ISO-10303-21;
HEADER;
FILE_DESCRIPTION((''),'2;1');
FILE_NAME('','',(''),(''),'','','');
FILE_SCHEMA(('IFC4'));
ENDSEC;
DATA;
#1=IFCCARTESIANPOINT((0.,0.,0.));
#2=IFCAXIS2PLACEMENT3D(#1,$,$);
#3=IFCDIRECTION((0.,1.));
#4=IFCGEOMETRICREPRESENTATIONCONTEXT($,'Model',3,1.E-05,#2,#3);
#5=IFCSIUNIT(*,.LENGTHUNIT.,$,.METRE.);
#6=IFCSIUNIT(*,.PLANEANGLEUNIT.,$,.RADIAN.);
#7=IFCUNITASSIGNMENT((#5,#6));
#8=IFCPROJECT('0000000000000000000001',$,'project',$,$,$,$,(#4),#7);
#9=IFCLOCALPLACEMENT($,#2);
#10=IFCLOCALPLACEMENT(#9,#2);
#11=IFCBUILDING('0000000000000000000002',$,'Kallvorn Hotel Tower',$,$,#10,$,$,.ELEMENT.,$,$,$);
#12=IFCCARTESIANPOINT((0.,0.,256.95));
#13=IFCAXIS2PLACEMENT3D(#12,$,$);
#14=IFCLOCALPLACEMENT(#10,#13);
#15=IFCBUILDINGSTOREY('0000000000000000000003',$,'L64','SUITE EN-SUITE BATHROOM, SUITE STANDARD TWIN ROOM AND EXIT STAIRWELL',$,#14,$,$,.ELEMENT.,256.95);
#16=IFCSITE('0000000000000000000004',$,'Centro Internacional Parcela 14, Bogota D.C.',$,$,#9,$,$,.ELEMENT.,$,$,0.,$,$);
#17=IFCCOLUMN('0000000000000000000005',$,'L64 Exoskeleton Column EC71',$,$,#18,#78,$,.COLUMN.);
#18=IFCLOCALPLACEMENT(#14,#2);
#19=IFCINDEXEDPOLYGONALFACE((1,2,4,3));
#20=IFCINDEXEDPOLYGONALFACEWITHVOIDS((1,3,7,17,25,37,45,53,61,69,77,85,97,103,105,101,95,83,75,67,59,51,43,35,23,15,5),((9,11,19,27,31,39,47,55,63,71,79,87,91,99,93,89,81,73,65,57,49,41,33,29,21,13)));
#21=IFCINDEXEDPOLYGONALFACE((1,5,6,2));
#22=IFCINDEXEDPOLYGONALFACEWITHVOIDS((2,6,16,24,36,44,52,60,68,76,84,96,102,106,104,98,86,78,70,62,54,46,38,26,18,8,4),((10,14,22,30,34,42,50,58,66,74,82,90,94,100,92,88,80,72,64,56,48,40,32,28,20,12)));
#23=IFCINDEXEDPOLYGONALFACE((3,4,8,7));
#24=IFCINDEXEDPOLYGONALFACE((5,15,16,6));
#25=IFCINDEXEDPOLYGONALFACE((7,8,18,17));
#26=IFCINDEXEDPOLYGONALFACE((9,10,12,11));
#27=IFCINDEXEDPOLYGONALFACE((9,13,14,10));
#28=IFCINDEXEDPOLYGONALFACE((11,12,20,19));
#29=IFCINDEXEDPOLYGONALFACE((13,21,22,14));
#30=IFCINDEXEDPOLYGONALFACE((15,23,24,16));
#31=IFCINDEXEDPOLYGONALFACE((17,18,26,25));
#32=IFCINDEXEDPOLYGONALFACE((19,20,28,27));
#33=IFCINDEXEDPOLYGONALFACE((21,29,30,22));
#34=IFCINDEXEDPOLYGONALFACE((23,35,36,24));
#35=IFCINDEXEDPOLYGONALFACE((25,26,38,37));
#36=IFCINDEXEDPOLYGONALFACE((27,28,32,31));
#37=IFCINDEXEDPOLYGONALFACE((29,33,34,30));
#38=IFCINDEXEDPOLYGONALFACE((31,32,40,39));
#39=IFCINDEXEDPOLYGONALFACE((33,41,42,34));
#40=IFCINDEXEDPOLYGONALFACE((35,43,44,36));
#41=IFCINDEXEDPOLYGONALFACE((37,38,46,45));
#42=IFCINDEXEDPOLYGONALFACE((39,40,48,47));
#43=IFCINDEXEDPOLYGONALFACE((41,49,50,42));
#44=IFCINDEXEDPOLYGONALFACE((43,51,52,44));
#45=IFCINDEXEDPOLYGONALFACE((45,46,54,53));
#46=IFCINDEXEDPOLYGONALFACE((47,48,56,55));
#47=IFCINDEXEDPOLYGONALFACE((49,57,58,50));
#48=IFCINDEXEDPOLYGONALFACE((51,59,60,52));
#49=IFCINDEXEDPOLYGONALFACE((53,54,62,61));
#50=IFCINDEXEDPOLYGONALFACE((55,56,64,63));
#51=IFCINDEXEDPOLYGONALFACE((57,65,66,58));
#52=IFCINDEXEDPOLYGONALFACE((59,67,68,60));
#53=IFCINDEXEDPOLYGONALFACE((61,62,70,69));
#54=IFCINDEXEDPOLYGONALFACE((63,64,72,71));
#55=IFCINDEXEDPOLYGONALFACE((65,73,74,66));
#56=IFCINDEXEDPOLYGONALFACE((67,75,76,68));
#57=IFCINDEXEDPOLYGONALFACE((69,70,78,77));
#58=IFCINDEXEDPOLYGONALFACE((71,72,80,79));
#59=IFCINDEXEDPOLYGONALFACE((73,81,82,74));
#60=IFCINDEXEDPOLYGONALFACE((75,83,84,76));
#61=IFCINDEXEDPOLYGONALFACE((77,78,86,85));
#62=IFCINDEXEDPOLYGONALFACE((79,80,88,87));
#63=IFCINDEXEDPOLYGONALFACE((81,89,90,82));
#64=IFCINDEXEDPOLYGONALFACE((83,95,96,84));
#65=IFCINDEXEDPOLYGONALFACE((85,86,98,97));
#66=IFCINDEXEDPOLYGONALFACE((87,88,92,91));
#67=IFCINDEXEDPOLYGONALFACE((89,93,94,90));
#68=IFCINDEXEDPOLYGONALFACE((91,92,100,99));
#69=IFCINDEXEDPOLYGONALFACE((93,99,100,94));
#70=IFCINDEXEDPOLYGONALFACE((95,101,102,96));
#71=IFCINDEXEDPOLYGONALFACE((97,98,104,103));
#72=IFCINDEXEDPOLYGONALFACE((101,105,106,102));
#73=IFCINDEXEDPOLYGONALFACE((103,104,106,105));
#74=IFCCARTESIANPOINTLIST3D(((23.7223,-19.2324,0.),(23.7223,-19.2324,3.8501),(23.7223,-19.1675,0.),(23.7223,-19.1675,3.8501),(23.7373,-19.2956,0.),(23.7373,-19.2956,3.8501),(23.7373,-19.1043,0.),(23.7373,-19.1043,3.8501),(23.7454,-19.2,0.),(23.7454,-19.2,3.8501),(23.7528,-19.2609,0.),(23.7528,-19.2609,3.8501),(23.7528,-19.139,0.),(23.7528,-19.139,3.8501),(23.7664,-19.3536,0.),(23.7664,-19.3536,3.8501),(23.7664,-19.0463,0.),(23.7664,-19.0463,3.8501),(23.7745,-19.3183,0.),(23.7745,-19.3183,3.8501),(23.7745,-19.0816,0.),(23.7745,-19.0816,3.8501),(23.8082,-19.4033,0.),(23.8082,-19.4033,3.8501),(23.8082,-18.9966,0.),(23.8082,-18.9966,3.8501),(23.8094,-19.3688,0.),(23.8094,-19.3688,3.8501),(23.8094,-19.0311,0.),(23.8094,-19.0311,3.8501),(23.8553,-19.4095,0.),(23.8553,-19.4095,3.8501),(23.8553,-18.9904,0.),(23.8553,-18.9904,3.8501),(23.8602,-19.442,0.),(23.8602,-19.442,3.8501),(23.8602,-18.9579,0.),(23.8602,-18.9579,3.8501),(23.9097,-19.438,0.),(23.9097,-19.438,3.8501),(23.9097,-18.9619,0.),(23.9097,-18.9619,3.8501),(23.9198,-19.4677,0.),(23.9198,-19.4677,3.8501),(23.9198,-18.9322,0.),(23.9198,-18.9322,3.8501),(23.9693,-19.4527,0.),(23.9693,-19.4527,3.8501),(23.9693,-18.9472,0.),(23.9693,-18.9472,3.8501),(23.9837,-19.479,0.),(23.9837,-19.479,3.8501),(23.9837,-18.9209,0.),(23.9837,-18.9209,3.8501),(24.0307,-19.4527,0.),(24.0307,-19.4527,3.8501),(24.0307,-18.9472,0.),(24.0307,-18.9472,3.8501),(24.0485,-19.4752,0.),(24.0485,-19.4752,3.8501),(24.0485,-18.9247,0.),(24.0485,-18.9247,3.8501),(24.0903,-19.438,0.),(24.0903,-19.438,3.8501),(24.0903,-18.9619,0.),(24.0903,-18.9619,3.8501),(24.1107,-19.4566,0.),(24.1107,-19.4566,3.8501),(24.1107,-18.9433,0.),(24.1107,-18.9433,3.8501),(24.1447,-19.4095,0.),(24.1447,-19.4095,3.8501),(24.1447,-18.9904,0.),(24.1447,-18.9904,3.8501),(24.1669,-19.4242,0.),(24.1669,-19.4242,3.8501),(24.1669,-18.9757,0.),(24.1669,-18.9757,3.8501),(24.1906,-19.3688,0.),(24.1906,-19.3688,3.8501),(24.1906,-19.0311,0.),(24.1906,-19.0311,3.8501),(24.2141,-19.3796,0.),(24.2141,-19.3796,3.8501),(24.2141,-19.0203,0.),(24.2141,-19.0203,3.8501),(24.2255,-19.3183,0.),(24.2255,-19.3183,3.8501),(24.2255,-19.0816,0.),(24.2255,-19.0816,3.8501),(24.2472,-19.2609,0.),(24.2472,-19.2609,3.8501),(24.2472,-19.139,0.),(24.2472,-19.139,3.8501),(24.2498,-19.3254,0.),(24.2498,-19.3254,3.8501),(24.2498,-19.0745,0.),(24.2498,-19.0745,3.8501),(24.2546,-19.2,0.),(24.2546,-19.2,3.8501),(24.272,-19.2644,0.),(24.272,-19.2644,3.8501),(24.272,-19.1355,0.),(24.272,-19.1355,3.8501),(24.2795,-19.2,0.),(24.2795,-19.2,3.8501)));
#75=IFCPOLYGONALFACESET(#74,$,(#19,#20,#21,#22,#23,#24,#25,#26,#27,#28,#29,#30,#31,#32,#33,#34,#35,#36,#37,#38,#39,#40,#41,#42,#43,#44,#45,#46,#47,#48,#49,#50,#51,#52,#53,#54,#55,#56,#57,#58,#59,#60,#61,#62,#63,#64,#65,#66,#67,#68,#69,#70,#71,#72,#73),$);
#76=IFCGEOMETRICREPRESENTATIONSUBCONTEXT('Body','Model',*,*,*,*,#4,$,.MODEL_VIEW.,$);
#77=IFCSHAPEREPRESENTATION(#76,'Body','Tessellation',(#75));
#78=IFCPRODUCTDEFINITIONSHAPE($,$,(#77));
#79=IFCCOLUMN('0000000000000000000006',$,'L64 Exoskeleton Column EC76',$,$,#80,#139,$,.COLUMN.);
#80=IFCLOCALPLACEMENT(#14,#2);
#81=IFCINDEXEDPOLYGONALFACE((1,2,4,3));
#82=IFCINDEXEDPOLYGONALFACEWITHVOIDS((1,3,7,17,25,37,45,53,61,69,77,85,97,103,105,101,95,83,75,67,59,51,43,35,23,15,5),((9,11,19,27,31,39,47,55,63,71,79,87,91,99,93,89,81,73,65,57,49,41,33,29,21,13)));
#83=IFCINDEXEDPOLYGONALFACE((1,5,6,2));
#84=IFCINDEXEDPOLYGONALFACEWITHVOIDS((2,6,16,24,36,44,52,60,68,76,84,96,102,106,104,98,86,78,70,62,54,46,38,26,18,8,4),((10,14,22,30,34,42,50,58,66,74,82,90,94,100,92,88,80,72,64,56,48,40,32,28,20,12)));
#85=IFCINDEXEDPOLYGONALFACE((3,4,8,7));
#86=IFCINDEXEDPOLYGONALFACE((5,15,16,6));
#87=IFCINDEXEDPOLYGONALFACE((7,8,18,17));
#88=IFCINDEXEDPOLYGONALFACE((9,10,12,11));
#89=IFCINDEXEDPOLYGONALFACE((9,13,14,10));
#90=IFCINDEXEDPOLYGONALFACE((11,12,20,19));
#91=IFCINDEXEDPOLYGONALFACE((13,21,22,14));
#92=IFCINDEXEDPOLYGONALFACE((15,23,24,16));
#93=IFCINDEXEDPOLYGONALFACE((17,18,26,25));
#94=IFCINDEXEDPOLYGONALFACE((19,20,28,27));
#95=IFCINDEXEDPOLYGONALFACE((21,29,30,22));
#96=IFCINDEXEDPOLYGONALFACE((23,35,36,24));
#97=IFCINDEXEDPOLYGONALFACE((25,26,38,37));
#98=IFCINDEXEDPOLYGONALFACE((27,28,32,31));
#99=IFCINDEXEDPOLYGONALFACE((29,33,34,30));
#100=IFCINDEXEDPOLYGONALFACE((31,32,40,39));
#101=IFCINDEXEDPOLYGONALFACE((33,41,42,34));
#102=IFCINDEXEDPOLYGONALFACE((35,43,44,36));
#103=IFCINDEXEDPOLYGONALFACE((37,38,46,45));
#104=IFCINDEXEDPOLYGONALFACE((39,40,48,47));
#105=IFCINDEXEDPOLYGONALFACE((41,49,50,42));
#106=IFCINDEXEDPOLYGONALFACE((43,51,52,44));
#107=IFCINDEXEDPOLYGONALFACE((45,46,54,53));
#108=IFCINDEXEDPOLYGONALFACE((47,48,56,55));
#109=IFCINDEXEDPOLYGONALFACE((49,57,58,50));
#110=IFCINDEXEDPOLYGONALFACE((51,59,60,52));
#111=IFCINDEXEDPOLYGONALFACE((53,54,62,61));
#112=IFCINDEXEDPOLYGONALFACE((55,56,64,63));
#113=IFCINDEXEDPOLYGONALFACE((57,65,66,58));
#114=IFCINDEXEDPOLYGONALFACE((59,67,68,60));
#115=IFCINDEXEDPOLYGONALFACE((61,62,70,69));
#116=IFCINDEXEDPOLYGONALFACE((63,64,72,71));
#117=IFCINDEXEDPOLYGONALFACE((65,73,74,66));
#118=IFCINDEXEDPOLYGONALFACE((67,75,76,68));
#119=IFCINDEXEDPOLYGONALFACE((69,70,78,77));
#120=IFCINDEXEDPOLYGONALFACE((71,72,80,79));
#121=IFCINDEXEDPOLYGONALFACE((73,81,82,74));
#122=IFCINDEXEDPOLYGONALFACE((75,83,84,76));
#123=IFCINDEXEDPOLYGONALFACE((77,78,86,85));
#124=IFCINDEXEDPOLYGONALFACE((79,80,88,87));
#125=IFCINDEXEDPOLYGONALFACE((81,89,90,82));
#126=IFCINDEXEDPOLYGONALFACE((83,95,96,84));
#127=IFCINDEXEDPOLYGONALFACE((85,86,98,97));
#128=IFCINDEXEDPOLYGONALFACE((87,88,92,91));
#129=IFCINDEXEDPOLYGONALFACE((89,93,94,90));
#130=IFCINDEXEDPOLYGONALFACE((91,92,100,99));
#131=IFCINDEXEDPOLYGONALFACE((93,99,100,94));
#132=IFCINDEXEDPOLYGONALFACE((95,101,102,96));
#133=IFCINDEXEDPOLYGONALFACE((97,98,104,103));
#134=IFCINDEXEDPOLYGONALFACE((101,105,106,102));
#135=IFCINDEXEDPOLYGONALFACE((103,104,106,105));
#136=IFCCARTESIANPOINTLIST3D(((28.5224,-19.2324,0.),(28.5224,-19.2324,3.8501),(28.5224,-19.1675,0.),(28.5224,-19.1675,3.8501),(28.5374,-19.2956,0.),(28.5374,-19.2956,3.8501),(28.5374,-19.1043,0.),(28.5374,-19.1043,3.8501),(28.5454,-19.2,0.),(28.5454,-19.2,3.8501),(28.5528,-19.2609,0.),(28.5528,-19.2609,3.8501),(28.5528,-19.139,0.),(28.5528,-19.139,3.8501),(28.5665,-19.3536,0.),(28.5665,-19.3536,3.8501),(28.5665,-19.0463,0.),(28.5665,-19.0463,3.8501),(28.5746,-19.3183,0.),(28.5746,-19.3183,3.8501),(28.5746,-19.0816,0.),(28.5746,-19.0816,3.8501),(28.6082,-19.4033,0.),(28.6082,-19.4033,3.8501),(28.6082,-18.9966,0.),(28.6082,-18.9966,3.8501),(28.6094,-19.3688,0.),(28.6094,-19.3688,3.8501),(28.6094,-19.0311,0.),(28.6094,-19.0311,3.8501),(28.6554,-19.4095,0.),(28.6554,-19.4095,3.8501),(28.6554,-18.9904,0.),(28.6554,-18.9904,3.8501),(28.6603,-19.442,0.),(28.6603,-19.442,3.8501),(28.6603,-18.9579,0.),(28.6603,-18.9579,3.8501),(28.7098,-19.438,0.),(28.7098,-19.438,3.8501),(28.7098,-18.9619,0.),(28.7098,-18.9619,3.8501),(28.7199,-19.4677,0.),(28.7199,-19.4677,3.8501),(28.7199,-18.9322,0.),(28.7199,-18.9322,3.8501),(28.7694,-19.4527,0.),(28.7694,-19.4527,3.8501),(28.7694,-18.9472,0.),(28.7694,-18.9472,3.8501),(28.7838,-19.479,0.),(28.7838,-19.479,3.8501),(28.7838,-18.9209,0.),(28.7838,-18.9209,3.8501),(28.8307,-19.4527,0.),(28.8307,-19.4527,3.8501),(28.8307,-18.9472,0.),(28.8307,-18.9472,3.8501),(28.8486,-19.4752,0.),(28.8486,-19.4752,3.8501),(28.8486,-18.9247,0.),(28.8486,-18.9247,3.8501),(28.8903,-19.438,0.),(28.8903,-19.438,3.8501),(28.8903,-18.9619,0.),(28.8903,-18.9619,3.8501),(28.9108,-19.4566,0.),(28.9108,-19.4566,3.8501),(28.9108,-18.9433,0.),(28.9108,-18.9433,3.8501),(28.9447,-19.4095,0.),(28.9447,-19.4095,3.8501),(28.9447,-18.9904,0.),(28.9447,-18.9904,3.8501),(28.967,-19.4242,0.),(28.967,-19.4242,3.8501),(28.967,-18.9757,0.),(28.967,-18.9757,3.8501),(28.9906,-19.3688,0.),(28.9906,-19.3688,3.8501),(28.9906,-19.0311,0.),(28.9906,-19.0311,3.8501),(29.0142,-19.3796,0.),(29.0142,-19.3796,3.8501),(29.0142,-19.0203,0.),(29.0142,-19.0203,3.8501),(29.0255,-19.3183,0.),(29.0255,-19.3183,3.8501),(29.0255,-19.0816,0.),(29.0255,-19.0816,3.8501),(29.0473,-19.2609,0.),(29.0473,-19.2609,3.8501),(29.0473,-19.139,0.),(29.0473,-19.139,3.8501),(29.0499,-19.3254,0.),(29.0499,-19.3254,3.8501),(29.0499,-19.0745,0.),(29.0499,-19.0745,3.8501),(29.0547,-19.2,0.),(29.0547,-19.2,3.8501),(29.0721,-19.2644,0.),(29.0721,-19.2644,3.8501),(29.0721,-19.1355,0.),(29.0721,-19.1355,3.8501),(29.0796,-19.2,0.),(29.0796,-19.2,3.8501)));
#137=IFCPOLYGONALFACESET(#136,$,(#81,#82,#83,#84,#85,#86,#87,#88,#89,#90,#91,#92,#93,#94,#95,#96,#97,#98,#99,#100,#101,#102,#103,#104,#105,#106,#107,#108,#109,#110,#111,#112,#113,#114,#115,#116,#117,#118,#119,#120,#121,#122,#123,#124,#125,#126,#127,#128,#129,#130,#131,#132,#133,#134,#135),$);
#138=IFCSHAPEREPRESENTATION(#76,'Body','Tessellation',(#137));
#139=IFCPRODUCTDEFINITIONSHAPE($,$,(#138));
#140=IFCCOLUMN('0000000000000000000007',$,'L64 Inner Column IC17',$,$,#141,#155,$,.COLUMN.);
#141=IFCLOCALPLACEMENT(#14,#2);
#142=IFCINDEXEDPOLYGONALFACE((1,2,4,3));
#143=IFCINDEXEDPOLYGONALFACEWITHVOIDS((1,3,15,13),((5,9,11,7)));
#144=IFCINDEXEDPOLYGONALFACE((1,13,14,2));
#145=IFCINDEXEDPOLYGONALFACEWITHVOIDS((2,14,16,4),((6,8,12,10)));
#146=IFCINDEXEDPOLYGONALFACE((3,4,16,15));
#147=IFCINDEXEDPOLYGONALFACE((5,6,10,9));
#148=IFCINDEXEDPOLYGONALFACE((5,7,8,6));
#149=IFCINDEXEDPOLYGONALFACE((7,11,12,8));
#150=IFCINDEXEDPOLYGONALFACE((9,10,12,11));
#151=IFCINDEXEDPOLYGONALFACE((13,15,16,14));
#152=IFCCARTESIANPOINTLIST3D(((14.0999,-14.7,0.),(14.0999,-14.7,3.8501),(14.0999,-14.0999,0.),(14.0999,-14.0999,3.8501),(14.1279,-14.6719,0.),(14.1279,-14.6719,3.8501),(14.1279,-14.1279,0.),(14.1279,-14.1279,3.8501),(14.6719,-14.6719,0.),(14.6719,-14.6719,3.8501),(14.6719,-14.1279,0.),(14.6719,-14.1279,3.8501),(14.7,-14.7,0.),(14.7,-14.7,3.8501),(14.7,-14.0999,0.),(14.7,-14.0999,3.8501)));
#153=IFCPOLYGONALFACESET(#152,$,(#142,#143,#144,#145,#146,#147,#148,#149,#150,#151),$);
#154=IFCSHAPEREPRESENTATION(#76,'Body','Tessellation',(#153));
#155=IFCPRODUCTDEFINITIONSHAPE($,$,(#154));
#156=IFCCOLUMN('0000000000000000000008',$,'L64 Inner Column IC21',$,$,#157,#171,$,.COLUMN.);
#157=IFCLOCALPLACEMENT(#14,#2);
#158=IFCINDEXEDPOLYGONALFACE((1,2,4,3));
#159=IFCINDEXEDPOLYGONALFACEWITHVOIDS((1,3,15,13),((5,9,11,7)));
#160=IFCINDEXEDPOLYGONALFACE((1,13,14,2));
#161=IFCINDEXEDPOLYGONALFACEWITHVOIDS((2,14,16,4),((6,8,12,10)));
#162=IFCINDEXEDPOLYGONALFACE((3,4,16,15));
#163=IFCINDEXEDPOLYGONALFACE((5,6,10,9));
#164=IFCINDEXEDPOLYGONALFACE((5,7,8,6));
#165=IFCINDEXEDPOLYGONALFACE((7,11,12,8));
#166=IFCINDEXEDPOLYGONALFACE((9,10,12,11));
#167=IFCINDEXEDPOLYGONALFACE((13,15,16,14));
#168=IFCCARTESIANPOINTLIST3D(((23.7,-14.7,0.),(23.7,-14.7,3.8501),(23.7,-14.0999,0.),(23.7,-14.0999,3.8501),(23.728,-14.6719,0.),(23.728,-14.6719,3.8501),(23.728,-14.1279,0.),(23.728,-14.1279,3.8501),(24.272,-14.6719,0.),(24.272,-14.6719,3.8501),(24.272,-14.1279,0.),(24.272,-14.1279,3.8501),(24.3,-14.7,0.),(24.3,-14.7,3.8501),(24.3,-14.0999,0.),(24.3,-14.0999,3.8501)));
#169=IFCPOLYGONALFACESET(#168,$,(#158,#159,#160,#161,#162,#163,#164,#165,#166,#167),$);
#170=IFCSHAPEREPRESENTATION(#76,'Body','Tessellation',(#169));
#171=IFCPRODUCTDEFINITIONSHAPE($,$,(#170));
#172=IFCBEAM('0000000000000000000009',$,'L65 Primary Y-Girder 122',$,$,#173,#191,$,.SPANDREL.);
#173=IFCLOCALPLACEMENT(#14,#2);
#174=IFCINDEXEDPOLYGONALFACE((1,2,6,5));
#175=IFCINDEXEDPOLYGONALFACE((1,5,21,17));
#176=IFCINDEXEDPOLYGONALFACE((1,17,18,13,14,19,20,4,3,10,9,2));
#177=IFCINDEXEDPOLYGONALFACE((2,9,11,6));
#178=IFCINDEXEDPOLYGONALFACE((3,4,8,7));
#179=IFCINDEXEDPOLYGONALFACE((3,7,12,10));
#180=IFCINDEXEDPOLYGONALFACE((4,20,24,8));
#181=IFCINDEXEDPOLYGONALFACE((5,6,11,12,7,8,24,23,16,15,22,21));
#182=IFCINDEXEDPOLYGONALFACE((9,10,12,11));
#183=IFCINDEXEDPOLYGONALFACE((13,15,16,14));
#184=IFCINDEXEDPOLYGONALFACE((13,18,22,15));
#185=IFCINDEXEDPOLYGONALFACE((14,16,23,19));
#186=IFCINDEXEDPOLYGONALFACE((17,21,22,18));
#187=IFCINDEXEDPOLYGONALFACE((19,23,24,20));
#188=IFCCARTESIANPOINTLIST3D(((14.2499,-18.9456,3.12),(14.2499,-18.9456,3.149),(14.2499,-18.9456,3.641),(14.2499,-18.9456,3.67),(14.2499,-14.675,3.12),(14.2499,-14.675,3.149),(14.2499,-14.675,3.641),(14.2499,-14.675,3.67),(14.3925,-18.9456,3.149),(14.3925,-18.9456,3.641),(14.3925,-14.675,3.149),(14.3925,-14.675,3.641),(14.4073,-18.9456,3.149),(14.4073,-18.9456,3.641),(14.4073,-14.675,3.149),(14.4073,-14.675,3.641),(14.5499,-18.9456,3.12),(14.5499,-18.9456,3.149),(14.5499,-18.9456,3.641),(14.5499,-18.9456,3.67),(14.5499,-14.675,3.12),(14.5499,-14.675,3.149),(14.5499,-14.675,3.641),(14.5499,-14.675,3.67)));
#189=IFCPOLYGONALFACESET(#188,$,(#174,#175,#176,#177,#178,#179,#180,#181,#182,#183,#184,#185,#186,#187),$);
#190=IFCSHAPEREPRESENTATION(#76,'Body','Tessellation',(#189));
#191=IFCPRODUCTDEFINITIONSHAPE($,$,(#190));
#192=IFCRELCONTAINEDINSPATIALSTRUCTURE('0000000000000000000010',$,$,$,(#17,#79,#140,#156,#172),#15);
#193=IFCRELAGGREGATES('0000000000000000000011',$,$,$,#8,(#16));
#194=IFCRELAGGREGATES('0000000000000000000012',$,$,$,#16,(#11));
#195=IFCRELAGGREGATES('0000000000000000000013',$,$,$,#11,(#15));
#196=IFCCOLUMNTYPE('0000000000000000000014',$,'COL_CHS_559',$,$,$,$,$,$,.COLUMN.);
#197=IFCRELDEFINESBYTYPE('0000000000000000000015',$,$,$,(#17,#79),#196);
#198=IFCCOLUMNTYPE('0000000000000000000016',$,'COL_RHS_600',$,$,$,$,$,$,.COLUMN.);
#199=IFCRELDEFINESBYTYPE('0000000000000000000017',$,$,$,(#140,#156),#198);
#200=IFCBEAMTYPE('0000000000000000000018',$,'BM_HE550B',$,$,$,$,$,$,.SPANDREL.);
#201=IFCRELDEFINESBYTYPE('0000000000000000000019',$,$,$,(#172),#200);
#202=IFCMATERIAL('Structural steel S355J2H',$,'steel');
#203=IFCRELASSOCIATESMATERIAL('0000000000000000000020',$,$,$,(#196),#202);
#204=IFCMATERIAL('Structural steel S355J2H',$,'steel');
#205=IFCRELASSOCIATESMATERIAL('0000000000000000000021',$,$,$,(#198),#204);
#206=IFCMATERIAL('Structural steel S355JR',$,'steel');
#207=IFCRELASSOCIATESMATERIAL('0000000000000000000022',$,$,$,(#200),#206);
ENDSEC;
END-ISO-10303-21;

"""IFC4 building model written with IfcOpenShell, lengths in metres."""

from ifc_helpers import new_model, si_unit, direction, frame, origin, origin_2d, place, context, subcontext, project, spatial, hollow_rectangle, hollow_circle, i_section, extrude, material, material_profile, profile_set, type_object, element, save


model = new_model("IFC4")

# Units and contexts
model_context = context("Model", 3, precision=1e-05, world=origin(), true_north=direction((0.0, 1.0)))
body_context = subcontext(model_context, "Body", "Model", "MODEL_VIEW")
ifc_project = project(units=[si_unit("LENGTHUNIT", "METRE"), si_unit("PLANEANGLEUNIT", "RADIAN")], contexts=[model_context])

# Site, building, storey
site_placement = place(None, origin())
site = spatial("IfcSite", under=ifc_project, at=site_placement, Name="Centro Internacional Parcela 14, Bogota D.C.", CompositionType="ELEMENT", RefElevation=0.0)
building_placement = place(site_placement, origin())
building = spatial("IfcBuilding", under=site, at=building_placement, Name="Kallvorn Hotel Tower", CompositionType="ELEMENT")
storey_placement = place(building_placement, frame((0.0, 0.0, 256.95)))
storey = spatial("IfcBuildingStorey", under=building, at=storey_placement, Name="L64", Description="SUITE EN-SUITE BATHROOM, SUITE STANDARD TWIN ROOM AND EXIT STAIRWELL", CompositionType="ELEMENT", Elevation=256.95)

# Columns
ifc_material_1 = material(Name="Structural steel S355J2H", Category="steel")
ifc_material_profile_1 = material_profile(ifc_material_1, hollow_circle(Radius=0.2795, WallThickness=0.0249, at=origin_2d()), Name="CHS 559x25")
ifc_profile_set_1 = profile_set([ifc_material_profile_1], Name="Structural steel S355J2H")
column_type_1 = type_object("IfcColumnType", Name="COL_CHS_559", PredefinedType="COLUMN", material=ifc_profile_set_1)
for number, where, z_axis, x_axis, name in (
    (1, (24.0, -19.2, 0.0), (0.0, 0.0, 1.0), (1.0, 0.0, 0.0), "L64 Exoskeleton Column EC71"),
    (2, (28.8, -19.2, 0.0), (0.0, 0.0, 1.0), (1.0, 0.0, 0.0), "L64 Exoskeleton Column EC76"),
):
    element("IfcColumn", number, at=place(storey_placement, frame(where, z_axis=z_axis, x_axis=x_axis)), inside=storey, type_object=column_type_1, Name=name, PredefinedType="COLUMN", context=body_context, shape_type="SweptSolid", body=[
        extrude(hollow_circle(Radius=0.2795, WallThickness=0.0249, at=origin_2d()), origin(), (0.0, 0.0, 1.0), 3.8501),
    ])
ifc_material_2 = material(Name="Structural steel S355J2H", Category="steel")
ifc_material_profile_2 = material_profile(ifc_material_2, hollow_rectangle(XDim=0.6001, YDim=0.6001, WallThickness=0.0281, at=origin_2d()), Name="RHS 600x600x28")
ifc_profile_set_2 = profile_set([ifc_material_profile_2], Name="Structural steel S355J2H")
column_type_2 = type_object("IfcColumnType", Name="COL_RHS_600", PredefinedType="COLUMN", material=ifc_profile_set_2)
for number, where, z_axis, x_axis, name in (
    (3, (14.3999, -14.3999, 0.0), (0.0, 0.0, 1.0), (1.0, 0.0, 0.0), "L64 Inner Column IC17"),
    (4, (24.0, -14.3999, 0.0), (0.0, 0.0, 1.0), (1.0, 0.0, 0.0), "L64 Inner Column IC21"),
):
    element("IfcColumn", number, at=place(storey_placement, frame(where, z_axis=z_axis, x_axis=x_axis)), inside=storey, type_object=column_type_2, Name=name, PredefinedType="COLUMN", context=body_context, shape_type="SweptSolid", body=[
        extrude(hollow_rectangle(XDim=0.6001, YDim=0.6001, WallThickness=0.0281, at=origin_2d()), origin(), (0.0, 0.0, 1.0), 3.8501),
    ])

# Beam
ifc_material_3 = material(Name="Structural steel S355JR", Category="steel")
ifc_material_profile_3 = material_profile(ifc_material_3, i_section(OverallWidth=0.3, OverallDepth=0.55, WebThickness=0.0149, FlangeThickness=0.0291, at=origin_2d()), Name="HE 550 B")
ifc_profile_set_3 = profile_set([ifc_material_profile_3], Name="Structural steel S355JR")
beam_type_1 = type_object("IfcBeamType", Name="BM_HE550B", PredefinedType="SPANDREL", material=ifc_profile_set_3)
beam_1_placement = place(storey_placement, frame((14.3999, -18.9456, 3.395), z_axis=(0.0, 1.0, 0.0), x_axis=(-1.0, 0.0, 0.0)))
element("IfcBeam", 5, at=beam_1_placement, inside=storey, type_object=beam_type_1, Name="L65 Primary Y-Girder 122", PredefinedType="SPANDREL", context=body_context, shape_type="SweptSolid", body=[
    extrude(i_section(OverallWidth=0.3, OverallDepth=0.55, WebThickness=0.0149, FlangeThickness=0.0291, at=origin_2d()), origin(), (0.0, 0.0, 1.0), 4.2705),
])

save(model, "model.ifc")
